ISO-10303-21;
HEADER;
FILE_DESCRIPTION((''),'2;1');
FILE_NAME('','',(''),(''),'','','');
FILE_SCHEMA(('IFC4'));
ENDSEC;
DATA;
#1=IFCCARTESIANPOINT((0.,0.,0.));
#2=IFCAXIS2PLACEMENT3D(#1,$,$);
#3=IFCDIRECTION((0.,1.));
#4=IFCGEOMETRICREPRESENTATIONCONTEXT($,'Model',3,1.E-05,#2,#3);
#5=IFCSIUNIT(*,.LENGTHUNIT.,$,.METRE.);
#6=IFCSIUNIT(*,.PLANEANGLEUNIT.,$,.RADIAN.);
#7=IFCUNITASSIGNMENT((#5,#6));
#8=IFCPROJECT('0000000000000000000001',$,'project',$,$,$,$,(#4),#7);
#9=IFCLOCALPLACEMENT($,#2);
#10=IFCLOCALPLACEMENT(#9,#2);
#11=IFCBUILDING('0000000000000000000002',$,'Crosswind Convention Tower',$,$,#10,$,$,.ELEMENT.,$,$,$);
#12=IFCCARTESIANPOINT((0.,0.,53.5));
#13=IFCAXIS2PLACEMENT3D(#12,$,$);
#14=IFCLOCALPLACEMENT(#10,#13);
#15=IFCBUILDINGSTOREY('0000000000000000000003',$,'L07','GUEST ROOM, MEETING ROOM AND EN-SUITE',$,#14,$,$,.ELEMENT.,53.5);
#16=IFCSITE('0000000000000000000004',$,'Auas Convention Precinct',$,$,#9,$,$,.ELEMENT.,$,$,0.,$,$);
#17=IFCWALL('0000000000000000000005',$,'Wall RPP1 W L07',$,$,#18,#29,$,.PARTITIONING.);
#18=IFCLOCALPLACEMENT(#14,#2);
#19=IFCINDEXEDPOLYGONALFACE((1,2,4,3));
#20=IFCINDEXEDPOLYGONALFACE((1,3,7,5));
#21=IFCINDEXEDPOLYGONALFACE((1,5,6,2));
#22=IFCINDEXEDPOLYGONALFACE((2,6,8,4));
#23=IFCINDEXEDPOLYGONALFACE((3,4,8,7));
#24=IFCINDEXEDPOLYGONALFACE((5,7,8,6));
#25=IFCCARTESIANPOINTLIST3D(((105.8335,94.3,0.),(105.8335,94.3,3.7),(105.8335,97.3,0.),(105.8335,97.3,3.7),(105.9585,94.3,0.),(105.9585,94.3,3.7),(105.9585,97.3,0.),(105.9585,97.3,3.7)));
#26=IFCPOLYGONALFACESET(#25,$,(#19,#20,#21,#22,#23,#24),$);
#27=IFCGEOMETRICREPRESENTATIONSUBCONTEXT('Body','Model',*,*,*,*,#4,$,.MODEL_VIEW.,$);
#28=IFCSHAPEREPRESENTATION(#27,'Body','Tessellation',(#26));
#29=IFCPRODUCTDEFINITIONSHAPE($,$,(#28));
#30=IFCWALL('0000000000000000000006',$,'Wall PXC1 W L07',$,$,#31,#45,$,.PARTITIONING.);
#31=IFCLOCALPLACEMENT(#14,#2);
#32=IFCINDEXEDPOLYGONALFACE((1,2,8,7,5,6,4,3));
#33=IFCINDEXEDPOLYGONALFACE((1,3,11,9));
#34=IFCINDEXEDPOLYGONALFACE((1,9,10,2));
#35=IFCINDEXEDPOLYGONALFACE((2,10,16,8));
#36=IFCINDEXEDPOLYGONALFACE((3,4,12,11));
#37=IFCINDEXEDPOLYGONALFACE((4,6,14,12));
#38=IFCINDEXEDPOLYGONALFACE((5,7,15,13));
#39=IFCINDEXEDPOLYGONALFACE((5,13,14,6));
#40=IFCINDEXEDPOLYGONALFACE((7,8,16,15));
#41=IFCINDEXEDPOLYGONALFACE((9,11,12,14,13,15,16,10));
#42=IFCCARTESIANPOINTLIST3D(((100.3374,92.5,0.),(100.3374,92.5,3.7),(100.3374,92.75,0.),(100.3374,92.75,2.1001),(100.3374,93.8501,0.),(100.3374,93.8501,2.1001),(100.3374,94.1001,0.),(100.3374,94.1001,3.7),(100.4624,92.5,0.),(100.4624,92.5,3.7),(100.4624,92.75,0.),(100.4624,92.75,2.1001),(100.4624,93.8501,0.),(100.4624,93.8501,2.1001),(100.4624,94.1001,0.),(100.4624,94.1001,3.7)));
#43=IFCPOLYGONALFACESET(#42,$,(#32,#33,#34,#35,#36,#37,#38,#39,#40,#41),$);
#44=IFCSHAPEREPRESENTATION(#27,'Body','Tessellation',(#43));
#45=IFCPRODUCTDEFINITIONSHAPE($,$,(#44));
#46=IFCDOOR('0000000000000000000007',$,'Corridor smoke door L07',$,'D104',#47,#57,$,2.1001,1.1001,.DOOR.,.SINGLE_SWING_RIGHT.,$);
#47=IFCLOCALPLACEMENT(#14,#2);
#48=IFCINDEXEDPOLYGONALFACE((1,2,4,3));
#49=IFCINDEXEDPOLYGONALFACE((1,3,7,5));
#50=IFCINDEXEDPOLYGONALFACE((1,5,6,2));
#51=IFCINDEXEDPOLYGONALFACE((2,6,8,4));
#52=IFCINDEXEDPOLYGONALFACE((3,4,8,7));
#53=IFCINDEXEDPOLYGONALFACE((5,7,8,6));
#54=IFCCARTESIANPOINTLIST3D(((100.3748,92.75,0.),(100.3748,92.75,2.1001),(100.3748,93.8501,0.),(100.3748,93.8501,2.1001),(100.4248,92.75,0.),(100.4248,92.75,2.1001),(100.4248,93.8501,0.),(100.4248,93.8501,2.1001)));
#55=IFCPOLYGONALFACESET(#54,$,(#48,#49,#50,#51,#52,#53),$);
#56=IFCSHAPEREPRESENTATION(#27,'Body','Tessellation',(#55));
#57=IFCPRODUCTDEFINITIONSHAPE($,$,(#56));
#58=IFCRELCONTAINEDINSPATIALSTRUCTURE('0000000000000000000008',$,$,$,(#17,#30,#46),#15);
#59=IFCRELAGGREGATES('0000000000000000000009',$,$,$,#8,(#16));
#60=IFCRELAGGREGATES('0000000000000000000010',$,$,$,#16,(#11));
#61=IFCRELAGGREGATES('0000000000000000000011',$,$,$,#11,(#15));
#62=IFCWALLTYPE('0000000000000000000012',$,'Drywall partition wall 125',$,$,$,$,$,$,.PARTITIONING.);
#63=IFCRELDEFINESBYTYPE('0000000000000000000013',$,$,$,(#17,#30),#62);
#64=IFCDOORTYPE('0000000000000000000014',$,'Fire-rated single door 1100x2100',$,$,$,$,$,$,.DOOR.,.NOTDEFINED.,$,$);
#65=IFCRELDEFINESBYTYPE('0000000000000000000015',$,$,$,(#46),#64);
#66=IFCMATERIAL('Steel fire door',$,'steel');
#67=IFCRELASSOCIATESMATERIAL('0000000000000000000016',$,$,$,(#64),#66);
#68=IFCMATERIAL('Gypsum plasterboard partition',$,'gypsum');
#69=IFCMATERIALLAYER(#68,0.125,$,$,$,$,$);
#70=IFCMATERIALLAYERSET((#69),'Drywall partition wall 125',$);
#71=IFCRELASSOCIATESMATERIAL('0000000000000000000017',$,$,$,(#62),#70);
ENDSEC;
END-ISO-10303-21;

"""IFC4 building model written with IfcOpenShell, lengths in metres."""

from ifc_helpers import new_model, si_unit, direction, frame, frame_2d, origin, place, context, subcontext, project, spatial, rectangle, extrude, material, layer, layer_set, type_object, element, fill, save


model = new_model("IFC4")

# Units and contexts
model_context = context("Model", 3, precision=1e-05, world=origin(), true_north=direction((0.0, 1.0)))
body_context = subcontext(model_context, "Body", "Model", "MODEL_VIEW")
ifc_project = project(units=[si_unit("LENGTHUNIT", "METRE"), si_unit("PLANEANGLEUNIT", "RADIAN")], contexts=[model_context])

# Site, building, storey
site_placement = place(None, origin())
site = spatial("IfcSite", under=ifc_project, at=site_placement, Name="Auas Convention Precinct", CompositionType="ELEMENT", RefElevation=0.0)
building_placement = place(site_placement, origin())
building = spatial("IfcBuilding", under=site, at=building_placement, Name="Crosswind Convention Tower", CompositionType="ELEMENT")
storey_placement = place(building_placement, frame((0.0, 0.0, 53.5)))
storey = spatial("IfcBuildingStorey", under=building, at=storey_placement, Name="L07", Description="GUEST ROOM, MEETING ROOM AND EN-SUITE", CompositionType="ELEMENT", Elevation=53.5)

# Shared definitions
ifc_material_1 = material(Name="Steel fire door", Category="steel")
door_type_1 = type_object("IfcDoorType", Name="Fire-rated single door 1100x2100", OperationType="NOTDEFINED", PredefinedType="DOOR", material=ifc_material_1)

# Wall
ifc_material_2 = material(Name="Gypsum plasterboard partition", Category="gypsum")
ifc_layer_1 = layer(ifc_material_2, 0.125)
ifc_layer_set_1 = layer_set([ifc_layer_1], Name="Drywall partition wall 125")
wall_type_1 = type_object("IfcWallType", Name="Drywall partition wall 125", PredefinedType="PARTITIONING", material=ifc_layer_set_1)
wall_1_placement = place(storey_placement, frame((105.896, 97.3, 0.0), z_axis=(0.0, 0.0, 1.0), x_axis=(0.0, -1.0, 0.0)))
element("IfcWall", 1, at=wall_1_placement, inside=storey, type_object=wall_type_1, Name="Wall RPP1 W L07", PredefinedType="PARTITIONING", context=body_context, shape_type="SweptSolid", body=[
    extrude(rectangle(XDim=3.0, YDim=0.125, at=frame_2d((1.5, 0.0))), origin(), (0.0, 0.0, 1.0), 3.7),
])

# Wall, opening, door
wall_2_placement = place(storey_placement, frame((100.3999, 94.1001, 0.0), z_axis=(0.0, 0.0, 1.0), x_axis=(0.0, -1.0, 0.0)))
wall_2 = element("IfcWall", 2, at=wall_2_placement, inside=storey, type_object=wall_type_1, Name="Wall PXC1 W L07", PredefinedType="PARTITIONING", context=body_context, shape_type="SweptSolid", body=[
    extrude(rectangle(XDim=1.6001, YDim=0.125, at=frame_2d((0.8, 0.0))), origin(), (0.0, 0.0, 1.0), 3.7),
])
opening_1_placement = place(wall_2_placement, frame((0.25, 0.0, 0.0)))
opening_1 = element("IfcOpeningElement", 3, at=opening_1_placement, cuts=wall_2, PredefinedType="OPENING", context=body_context, shape_type="SweptSolid", body=[
    extrude(rectangle(XDim=1.1001, YDim=2.1001, at=frame_2d((0.55, 1.05))), frame((0.0, 0.0725, 0.0), z_axis=(0.0, -1.0, 0.0), x_axis=(1.0, 0.0, 0.0)), (0.0, 0.0, 1.0), 0.145),
])
door_1_placement = place(opening_1_placement, origin())
door_1 = element("IfcDoor", 4, at=door_1_placement, inside=storey, type_object=door_type_1, Name="Corridor smoke door L07", ObjectType="D104", OperationType="SINGLE_SWING_RIGHT", OverallHeight=2.1001, OverallWidth=1.1001, PredefinedType="DOOR", context=body_context, shape_type="SweptSolid", body=[
    extrude(rectangle(XDim=1.1001, YDim=2.1001, at=frame_2d((0.55, 1.05))), frame((0.0, 0.0249, 0.0), z_axis=(0.0, -1.0, 0.0), x_axis=(1.0, 0.0, 0.0)), (0.0, 0.0, 1.0), 0.05),
])
fill(opening_1, door_1)

save(model, "model.ifc")
